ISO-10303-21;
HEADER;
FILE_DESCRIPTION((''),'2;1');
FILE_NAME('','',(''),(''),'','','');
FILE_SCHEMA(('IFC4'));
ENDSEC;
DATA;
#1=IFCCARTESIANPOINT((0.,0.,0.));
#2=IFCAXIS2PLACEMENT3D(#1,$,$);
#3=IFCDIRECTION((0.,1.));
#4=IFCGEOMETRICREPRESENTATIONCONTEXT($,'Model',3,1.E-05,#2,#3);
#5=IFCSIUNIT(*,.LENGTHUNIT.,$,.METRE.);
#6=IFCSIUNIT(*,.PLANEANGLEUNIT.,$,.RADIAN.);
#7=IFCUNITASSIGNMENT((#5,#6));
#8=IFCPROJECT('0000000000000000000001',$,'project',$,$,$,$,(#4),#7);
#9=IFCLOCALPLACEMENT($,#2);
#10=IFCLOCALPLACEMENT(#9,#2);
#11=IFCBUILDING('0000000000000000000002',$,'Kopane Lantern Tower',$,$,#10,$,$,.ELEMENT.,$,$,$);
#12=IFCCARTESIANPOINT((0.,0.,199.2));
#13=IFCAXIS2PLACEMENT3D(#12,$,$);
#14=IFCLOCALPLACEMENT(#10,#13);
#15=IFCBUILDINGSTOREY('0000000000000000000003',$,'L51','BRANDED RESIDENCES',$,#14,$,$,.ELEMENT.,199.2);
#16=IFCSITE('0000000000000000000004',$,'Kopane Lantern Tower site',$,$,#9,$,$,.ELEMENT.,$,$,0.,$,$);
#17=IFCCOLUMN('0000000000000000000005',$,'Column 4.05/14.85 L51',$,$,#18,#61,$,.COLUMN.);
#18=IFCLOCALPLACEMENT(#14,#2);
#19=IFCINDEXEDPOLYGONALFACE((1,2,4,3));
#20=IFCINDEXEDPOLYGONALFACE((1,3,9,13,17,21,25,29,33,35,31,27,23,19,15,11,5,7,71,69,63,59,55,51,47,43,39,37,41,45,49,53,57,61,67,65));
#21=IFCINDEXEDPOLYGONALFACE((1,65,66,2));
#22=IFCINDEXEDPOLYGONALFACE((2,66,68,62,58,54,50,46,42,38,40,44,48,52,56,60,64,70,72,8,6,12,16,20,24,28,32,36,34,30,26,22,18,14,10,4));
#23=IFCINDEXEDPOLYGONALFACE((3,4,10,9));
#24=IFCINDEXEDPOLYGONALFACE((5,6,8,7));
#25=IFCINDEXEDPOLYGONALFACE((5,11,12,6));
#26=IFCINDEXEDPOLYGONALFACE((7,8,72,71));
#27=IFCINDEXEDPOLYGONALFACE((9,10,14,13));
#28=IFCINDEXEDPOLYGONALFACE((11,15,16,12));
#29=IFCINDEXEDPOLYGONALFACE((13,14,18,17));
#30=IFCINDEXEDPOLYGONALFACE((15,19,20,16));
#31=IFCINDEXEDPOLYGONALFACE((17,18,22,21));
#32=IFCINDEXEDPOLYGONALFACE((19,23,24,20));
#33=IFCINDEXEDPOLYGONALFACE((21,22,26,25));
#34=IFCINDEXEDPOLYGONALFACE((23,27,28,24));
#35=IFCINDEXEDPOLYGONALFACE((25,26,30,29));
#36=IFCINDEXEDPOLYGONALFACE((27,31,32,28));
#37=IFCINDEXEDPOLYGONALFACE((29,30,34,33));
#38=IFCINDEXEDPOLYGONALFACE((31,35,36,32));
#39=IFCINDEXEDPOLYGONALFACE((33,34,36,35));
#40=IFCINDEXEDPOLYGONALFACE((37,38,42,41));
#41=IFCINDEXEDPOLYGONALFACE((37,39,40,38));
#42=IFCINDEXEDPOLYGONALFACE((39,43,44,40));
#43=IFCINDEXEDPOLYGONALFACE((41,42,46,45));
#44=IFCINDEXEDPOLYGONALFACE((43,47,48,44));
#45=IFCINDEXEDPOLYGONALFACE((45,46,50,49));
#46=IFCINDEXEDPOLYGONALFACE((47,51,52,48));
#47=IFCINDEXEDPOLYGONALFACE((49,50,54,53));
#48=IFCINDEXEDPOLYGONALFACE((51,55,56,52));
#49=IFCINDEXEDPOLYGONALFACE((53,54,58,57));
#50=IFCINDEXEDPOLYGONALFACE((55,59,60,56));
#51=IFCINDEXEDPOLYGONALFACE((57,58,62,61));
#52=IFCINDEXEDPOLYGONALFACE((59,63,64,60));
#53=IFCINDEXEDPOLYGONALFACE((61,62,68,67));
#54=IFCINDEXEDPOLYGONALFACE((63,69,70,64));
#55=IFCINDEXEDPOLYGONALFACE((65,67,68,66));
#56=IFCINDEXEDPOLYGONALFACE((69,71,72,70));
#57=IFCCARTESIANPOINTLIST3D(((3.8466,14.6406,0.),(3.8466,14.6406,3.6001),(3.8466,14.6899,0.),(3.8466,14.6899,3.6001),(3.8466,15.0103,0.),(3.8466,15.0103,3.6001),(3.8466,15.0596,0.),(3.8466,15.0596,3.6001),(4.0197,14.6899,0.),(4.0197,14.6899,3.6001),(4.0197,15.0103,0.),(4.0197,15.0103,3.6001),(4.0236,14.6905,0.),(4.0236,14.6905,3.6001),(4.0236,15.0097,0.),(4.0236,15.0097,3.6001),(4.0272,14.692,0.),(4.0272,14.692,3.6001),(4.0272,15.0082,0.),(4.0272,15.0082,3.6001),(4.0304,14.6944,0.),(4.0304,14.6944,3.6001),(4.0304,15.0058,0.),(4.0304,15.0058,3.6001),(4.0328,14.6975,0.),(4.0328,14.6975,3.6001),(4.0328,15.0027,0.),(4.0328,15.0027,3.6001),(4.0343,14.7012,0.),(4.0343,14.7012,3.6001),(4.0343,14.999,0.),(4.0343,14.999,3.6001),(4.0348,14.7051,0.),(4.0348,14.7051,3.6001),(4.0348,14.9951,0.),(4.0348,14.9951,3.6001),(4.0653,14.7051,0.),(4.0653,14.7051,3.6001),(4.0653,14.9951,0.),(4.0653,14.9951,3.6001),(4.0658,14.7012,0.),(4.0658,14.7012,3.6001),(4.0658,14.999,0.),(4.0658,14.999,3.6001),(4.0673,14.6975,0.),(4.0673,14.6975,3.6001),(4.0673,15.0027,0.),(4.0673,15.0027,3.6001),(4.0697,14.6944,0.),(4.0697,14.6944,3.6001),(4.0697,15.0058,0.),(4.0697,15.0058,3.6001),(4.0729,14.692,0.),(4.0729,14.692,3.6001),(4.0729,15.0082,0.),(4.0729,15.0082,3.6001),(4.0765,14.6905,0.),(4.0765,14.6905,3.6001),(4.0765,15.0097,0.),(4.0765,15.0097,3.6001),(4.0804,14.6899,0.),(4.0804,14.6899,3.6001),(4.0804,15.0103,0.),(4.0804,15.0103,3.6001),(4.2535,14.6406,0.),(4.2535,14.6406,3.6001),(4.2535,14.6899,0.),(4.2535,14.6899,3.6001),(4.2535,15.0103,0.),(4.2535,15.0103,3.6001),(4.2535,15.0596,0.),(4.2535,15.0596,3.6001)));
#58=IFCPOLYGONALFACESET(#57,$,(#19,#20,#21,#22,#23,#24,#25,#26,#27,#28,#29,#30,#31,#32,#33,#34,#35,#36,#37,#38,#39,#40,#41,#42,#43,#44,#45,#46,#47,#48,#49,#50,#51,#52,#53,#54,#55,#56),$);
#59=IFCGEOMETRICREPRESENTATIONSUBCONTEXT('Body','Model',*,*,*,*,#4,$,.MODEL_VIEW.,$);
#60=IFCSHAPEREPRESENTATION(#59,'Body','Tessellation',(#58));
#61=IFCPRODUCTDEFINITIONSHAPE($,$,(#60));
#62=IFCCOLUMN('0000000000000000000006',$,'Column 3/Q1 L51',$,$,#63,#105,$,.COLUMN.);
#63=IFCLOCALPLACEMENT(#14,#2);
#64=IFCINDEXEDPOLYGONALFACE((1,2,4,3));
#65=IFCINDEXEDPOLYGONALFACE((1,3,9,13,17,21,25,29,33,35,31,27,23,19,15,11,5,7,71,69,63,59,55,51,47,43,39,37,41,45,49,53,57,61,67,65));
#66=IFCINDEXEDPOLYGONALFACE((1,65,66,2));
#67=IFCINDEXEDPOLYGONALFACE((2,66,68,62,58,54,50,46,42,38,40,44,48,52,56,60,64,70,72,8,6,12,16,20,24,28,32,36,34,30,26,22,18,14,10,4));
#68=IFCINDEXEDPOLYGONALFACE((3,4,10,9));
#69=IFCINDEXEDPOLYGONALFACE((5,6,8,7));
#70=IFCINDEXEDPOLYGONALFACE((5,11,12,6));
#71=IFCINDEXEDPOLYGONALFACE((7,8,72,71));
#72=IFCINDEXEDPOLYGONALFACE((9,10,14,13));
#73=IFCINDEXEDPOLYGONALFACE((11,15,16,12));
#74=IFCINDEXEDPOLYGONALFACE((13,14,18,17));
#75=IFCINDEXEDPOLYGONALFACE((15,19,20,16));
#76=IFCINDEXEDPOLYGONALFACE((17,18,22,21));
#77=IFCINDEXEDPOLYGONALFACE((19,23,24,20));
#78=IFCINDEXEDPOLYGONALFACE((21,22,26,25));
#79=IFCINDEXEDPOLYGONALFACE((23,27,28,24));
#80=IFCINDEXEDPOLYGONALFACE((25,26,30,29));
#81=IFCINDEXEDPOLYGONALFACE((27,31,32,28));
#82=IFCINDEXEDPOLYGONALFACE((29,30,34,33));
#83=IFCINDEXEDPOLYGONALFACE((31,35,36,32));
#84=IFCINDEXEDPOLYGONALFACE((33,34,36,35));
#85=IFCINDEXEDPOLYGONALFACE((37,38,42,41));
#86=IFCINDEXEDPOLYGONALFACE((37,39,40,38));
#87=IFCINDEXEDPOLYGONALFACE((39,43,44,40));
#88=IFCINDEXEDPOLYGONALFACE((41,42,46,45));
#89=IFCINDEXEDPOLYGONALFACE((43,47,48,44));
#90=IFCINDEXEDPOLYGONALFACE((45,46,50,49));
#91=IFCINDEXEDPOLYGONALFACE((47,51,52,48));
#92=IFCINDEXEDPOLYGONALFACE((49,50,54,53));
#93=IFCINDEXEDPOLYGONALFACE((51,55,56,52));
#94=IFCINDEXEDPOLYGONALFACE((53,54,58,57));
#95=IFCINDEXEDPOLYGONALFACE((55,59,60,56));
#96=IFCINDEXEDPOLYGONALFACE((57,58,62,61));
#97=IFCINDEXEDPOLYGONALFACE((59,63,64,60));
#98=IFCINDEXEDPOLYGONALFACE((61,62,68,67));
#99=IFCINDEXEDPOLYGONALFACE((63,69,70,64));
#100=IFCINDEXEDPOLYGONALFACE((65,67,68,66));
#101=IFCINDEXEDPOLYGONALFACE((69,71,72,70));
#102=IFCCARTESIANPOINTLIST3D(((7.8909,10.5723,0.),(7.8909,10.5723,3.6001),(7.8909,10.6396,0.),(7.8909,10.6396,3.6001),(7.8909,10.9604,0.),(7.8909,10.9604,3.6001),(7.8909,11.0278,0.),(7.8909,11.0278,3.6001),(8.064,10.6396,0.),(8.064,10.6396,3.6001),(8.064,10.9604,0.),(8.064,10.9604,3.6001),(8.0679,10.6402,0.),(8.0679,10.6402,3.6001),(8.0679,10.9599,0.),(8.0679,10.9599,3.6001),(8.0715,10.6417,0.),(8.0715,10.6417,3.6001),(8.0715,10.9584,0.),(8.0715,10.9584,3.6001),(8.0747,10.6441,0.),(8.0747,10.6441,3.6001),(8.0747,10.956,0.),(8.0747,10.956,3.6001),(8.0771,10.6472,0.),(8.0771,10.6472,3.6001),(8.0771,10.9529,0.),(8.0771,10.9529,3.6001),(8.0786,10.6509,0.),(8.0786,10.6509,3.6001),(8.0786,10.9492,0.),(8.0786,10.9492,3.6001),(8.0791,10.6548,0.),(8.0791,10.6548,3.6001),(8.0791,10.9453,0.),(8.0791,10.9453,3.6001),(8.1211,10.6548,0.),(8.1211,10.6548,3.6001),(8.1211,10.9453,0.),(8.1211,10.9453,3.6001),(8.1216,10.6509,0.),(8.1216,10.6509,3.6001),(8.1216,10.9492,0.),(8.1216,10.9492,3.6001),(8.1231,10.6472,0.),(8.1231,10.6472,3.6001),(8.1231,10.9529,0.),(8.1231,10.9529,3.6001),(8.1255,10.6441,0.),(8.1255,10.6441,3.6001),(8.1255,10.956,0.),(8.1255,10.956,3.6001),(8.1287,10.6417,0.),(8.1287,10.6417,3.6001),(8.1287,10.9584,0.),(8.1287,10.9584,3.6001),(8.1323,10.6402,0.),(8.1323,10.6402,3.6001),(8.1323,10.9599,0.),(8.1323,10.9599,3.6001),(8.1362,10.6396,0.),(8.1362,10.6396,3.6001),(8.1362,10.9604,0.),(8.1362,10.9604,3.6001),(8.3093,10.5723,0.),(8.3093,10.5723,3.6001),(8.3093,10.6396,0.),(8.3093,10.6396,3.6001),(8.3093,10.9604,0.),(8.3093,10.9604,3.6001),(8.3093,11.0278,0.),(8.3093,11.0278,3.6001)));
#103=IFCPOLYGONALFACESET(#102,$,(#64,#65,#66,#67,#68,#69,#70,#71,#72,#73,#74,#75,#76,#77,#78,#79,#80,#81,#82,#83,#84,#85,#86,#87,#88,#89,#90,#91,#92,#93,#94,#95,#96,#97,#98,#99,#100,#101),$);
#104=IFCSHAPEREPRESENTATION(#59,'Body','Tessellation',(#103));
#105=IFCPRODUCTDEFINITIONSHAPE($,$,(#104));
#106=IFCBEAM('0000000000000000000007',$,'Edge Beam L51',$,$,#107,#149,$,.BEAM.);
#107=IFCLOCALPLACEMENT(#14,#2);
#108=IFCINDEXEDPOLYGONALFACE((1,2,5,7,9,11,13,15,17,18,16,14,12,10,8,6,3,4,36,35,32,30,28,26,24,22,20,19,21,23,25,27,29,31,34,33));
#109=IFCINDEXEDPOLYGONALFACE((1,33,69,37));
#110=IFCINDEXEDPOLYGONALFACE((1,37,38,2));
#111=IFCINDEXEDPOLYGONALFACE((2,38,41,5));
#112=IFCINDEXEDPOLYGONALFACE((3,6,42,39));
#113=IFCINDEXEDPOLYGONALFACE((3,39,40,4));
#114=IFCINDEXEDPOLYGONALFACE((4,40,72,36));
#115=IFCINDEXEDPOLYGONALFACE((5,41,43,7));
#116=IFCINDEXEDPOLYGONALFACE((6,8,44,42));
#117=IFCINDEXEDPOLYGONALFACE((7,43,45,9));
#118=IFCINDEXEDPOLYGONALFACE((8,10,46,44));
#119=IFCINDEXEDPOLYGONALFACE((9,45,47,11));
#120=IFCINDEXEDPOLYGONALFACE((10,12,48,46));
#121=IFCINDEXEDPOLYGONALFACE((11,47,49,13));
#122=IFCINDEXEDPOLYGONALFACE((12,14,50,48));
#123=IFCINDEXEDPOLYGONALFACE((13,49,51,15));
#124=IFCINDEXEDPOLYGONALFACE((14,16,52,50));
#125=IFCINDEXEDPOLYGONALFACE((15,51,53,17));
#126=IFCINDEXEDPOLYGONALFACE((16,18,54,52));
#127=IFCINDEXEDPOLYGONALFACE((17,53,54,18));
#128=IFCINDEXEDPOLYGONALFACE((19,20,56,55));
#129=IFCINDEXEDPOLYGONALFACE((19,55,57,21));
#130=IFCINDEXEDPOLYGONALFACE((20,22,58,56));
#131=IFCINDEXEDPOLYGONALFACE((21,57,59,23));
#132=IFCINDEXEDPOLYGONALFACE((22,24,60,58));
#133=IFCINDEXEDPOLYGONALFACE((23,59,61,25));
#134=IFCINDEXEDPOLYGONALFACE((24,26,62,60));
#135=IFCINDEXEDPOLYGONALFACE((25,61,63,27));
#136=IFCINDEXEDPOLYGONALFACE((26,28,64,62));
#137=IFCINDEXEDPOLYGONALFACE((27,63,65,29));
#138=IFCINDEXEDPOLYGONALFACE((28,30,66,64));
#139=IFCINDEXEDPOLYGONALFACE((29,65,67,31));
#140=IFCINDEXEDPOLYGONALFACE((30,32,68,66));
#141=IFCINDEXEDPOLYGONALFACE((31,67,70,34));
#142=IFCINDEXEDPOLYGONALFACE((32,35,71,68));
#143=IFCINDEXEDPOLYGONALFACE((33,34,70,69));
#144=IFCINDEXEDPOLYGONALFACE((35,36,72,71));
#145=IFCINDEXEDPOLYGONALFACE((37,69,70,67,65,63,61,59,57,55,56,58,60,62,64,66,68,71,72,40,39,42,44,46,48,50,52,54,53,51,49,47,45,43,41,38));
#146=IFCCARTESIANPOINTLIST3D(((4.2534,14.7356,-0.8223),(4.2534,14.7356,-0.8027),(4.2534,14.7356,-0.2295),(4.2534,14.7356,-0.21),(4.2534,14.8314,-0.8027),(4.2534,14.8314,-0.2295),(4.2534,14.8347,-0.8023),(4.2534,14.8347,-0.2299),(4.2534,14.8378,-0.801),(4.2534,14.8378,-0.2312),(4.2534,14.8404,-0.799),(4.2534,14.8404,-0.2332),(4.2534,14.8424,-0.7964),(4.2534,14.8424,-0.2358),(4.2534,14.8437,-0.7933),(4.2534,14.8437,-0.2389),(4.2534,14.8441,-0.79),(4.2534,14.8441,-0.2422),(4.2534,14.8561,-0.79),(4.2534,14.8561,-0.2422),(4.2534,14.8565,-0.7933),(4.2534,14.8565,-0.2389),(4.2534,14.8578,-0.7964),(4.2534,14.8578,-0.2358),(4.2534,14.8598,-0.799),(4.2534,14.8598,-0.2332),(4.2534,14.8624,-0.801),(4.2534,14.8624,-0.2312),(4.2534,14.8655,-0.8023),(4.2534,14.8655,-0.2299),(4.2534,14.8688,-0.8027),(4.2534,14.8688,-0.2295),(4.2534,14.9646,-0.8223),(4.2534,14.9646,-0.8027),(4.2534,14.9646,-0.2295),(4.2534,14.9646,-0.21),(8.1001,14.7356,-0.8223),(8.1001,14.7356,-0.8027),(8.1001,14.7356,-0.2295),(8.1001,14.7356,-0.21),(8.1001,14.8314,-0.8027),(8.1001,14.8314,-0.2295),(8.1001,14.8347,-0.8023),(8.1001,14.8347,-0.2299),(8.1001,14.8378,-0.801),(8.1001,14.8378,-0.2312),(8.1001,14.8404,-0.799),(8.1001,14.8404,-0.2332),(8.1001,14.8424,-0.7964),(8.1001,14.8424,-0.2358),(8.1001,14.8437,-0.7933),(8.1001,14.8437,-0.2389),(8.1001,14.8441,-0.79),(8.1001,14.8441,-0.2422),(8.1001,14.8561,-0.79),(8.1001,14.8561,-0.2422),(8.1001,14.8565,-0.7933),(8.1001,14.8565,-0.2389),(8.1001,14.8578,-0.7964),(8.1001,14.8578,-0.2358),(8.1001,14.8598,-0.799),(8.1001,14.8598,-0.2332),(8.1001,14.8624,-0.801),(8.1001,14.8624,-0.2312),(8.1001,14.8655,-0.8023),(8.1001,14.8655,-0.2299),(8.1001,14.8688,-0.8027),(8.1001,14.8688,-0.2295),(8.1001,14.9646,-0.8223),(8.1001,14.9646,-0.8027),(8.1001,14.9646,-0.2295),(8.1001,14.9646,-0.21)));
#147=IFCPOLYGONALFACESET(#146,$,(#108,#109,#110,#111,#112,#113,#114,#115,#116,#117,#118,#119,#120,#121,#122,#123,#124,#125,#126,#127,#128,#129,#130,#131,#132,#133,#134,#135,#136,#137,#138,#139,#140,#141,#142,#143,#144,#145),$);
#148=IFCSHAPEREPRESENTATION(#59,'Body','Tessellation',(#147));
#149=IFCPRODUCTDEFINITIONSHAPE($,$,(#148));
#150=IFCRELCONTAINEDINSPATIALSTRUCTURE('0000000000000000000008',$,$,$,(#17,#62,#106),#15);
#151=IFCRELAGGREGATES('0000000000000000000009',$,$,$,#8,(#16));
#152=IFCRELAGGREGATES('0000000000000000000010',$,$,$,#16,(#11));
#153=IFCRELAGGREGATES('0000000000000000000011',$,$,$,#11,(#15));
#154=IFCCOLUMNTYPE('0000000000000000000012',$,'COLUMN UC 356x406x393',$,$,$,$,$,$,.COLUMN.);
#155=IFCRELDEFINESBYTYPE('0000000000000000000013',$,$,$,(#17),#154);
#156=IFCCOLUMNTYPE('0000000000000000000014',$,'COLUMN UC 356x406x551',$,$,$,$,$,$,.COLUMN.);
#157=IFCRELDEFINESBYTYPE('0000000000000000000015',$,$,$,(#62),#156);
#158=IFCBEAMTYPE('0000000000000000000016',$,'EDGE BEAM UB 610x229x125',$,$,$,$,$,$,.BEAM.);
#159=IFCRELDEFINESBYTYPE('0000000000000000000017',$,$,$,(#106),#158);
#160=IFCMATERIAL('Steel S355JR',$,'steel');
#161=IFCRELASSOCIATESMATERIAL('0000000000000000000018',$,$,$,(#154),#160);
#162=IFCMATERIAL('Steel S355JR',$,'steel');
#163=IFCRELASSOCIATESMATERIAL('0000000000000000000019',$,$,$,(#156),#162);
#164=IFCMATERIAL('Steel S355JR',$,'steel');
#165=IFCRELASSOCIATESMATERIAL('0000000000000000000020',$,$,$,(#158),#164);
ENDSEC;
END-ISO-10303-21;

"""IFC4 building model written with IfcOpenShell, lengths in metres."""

from ifc_helpers import new_model, si_unit, direction, frame, origin, origin_2d, place, context, subcontext, project, spatial, i_section, extrude, material, material_profile, profile_set, type_object, element, save


model = new_model("IFC4")

# Units and contexts
model_context = context("Model", 3, precision=1e-05, world=origin(), true_north=direction((0.0, 1.0)))
body_context = subcontext(model_context, "Body", "Model", "MODEL_VIEW")
ifc_project = project(units=[si_unit("LENGTHUNIT", "METRE"), si_unit("PLANEANGLEUNIT", "RADIAN")], contexts=[model_context])

# Site, building, storey
site_placement = place(None, origin())
site = spatial("IfcSite", under=ifc_project, at=site_placement, Name="Kopane Lantern Tower site", CompositionType="ELEMENT", RefElevation=0.0)
building_placement = place(site_placement, origin())
building = spatial("IfcBuilding", under=site, at=building_placement, Name="Kopane Lantern Tower", CompositionType="ELEMENT")
storey_placement = place(building_placement, frame((0.0, 0.0, 199.2)))
storey = spatial("IfcBuildingStorey", under=building, at=storey_placement, Name="L51", Description="BRANDED RESIDENCES", CompositionType="ELEMENT", Elevation=199.2)

# Columns
ifc_material_1 = material(Name="Steel S355JR", Category="steel")
ifc_material_profile_1 = material_profile(ifc_material_1, i_section(OverallWidth=0.407, OverallDepth=0.4189, WebThickness=0.0305, FlangeThickness=0.0493, FilletRadius=0.0151, at=origin_2d()), Name="UC 356x406x393")
ifc_profile_set_1 = profile_set([ifc_material_profile_1], Name="Steel S355JR")
column_type_1 = type_object("IfcColumnType", Name="COLUMN UC 356x406x393", PredefinedType="COLUMN", material=ifc_profile_set_1)
column_1_placement = place(storey_placement, frame((4.05, 14.8501, 0.0), z_axis=(0.0, 0.0, 1.0), x_axis=(1.0, 0.0, 0.0)))
element("IfcColumn", 1, at=column_1_placement, inside=storey, type_object=column_type_1, Name="Column 4.05/14.85 L51", PredefinedType="COLUMN", context=body_context, shape_type="SweptSolid", body=[
    extrude(i_section(OverallWidth=0.407, OverallDepth=0.4189, WebThickness=0.0305, FlangeThickness=0.0493, FilletRadius=0.0151, at=origin_2d()), origin(), (0.0, 0.0, 1.0), 3.6001),
])
ifc_material_2 = material(Name="Steel S355JR", Category="steel")
ifc_material_profile_2 = material_profile(ifc_material_2, i_section(OverallWidth=0.4185, OverallDepth=0.4556, WebThickness=0.042, FlangeThickness=0.0674, FilletRadius=0.0151, at=origin_2d()), Name="UC 356x406x551")
ifc_profile_set_2 = profile_set([ifc_material_profile_2], Name="Steel S355JR")
column_type_2 = type_object("IfcColumnType", Name="COLUMN UC 356x406x551", PredefinedType="COLUMN", material=ifc_profile_set_2)
column_2_placement = place(storey_placement, frame((8.1001, 10.8, 0.0), z_axis=(0.0, 0.0, 1.0), x_axis=(1.0, 0.0, 0.0)))
element("IfcColumn", 2, at=column_2_placement, inside=storey, type_object=column_type_2, Name="Column 3/Q1 L51", PredefinedType="COLUMN", context=body_context, shape_type="SweptSolid", body=[
    extrude(i_section(OverallWidth=0.4185, OverallDepth=0.4556, WebThickness=0.042, FlangeThickness=0.0674, FilletRadius=0.0151, at=origin_2d()), origin(), (0.0, 0.0, 1.0), 3.6001),
])

# Beam
ifc_material_3 = material(Name="Steel S355JR", Category="steel")
ifc_material_profile_3 = material_profile(ifc_material_3, i_section(OverallWidth=0.229, OverallDepth=0.6123, WebThickness=0.012, FlangeThickness=0.0195, FilletRadius=0.0127, at=origin_2d()), Name="UB 610x229x125")
ifc_profile_set_3 = profile_set([ifc_material_profile_3], Name="Steel S355JR")
beam_type_1 = type_object("IfcBeamType", Name="EDGE BEAM UB 610x229x125", PredefinedType="BEAM", material=ifc_profile_set_3)
beam_placement = place(storey_placement, frame((4.2534, 14.8501, -0.5161), z_axis=(1.0, 0.0, 0.0), x_axis=(0.0, 1.0, 0.0)))
element("IfcBeam", 3, at=beam_placement, inside=storey, type_object=beam_type_1, Name="Edge Beam L51", PredefinedType="BEAM", context=body_context, shape_type="SweptSolid", body=[
    extrude(i_section(OverallWidth=0.229, OverallDepth=0.6123, WebThickness=0.012, FlangeThickness=0.0195, FilletRadius=0.0127, at=origin_2d()), origin(), (0.0, 0.0, 1.0), 3.8467),
])

save(model, "model.ifc")
